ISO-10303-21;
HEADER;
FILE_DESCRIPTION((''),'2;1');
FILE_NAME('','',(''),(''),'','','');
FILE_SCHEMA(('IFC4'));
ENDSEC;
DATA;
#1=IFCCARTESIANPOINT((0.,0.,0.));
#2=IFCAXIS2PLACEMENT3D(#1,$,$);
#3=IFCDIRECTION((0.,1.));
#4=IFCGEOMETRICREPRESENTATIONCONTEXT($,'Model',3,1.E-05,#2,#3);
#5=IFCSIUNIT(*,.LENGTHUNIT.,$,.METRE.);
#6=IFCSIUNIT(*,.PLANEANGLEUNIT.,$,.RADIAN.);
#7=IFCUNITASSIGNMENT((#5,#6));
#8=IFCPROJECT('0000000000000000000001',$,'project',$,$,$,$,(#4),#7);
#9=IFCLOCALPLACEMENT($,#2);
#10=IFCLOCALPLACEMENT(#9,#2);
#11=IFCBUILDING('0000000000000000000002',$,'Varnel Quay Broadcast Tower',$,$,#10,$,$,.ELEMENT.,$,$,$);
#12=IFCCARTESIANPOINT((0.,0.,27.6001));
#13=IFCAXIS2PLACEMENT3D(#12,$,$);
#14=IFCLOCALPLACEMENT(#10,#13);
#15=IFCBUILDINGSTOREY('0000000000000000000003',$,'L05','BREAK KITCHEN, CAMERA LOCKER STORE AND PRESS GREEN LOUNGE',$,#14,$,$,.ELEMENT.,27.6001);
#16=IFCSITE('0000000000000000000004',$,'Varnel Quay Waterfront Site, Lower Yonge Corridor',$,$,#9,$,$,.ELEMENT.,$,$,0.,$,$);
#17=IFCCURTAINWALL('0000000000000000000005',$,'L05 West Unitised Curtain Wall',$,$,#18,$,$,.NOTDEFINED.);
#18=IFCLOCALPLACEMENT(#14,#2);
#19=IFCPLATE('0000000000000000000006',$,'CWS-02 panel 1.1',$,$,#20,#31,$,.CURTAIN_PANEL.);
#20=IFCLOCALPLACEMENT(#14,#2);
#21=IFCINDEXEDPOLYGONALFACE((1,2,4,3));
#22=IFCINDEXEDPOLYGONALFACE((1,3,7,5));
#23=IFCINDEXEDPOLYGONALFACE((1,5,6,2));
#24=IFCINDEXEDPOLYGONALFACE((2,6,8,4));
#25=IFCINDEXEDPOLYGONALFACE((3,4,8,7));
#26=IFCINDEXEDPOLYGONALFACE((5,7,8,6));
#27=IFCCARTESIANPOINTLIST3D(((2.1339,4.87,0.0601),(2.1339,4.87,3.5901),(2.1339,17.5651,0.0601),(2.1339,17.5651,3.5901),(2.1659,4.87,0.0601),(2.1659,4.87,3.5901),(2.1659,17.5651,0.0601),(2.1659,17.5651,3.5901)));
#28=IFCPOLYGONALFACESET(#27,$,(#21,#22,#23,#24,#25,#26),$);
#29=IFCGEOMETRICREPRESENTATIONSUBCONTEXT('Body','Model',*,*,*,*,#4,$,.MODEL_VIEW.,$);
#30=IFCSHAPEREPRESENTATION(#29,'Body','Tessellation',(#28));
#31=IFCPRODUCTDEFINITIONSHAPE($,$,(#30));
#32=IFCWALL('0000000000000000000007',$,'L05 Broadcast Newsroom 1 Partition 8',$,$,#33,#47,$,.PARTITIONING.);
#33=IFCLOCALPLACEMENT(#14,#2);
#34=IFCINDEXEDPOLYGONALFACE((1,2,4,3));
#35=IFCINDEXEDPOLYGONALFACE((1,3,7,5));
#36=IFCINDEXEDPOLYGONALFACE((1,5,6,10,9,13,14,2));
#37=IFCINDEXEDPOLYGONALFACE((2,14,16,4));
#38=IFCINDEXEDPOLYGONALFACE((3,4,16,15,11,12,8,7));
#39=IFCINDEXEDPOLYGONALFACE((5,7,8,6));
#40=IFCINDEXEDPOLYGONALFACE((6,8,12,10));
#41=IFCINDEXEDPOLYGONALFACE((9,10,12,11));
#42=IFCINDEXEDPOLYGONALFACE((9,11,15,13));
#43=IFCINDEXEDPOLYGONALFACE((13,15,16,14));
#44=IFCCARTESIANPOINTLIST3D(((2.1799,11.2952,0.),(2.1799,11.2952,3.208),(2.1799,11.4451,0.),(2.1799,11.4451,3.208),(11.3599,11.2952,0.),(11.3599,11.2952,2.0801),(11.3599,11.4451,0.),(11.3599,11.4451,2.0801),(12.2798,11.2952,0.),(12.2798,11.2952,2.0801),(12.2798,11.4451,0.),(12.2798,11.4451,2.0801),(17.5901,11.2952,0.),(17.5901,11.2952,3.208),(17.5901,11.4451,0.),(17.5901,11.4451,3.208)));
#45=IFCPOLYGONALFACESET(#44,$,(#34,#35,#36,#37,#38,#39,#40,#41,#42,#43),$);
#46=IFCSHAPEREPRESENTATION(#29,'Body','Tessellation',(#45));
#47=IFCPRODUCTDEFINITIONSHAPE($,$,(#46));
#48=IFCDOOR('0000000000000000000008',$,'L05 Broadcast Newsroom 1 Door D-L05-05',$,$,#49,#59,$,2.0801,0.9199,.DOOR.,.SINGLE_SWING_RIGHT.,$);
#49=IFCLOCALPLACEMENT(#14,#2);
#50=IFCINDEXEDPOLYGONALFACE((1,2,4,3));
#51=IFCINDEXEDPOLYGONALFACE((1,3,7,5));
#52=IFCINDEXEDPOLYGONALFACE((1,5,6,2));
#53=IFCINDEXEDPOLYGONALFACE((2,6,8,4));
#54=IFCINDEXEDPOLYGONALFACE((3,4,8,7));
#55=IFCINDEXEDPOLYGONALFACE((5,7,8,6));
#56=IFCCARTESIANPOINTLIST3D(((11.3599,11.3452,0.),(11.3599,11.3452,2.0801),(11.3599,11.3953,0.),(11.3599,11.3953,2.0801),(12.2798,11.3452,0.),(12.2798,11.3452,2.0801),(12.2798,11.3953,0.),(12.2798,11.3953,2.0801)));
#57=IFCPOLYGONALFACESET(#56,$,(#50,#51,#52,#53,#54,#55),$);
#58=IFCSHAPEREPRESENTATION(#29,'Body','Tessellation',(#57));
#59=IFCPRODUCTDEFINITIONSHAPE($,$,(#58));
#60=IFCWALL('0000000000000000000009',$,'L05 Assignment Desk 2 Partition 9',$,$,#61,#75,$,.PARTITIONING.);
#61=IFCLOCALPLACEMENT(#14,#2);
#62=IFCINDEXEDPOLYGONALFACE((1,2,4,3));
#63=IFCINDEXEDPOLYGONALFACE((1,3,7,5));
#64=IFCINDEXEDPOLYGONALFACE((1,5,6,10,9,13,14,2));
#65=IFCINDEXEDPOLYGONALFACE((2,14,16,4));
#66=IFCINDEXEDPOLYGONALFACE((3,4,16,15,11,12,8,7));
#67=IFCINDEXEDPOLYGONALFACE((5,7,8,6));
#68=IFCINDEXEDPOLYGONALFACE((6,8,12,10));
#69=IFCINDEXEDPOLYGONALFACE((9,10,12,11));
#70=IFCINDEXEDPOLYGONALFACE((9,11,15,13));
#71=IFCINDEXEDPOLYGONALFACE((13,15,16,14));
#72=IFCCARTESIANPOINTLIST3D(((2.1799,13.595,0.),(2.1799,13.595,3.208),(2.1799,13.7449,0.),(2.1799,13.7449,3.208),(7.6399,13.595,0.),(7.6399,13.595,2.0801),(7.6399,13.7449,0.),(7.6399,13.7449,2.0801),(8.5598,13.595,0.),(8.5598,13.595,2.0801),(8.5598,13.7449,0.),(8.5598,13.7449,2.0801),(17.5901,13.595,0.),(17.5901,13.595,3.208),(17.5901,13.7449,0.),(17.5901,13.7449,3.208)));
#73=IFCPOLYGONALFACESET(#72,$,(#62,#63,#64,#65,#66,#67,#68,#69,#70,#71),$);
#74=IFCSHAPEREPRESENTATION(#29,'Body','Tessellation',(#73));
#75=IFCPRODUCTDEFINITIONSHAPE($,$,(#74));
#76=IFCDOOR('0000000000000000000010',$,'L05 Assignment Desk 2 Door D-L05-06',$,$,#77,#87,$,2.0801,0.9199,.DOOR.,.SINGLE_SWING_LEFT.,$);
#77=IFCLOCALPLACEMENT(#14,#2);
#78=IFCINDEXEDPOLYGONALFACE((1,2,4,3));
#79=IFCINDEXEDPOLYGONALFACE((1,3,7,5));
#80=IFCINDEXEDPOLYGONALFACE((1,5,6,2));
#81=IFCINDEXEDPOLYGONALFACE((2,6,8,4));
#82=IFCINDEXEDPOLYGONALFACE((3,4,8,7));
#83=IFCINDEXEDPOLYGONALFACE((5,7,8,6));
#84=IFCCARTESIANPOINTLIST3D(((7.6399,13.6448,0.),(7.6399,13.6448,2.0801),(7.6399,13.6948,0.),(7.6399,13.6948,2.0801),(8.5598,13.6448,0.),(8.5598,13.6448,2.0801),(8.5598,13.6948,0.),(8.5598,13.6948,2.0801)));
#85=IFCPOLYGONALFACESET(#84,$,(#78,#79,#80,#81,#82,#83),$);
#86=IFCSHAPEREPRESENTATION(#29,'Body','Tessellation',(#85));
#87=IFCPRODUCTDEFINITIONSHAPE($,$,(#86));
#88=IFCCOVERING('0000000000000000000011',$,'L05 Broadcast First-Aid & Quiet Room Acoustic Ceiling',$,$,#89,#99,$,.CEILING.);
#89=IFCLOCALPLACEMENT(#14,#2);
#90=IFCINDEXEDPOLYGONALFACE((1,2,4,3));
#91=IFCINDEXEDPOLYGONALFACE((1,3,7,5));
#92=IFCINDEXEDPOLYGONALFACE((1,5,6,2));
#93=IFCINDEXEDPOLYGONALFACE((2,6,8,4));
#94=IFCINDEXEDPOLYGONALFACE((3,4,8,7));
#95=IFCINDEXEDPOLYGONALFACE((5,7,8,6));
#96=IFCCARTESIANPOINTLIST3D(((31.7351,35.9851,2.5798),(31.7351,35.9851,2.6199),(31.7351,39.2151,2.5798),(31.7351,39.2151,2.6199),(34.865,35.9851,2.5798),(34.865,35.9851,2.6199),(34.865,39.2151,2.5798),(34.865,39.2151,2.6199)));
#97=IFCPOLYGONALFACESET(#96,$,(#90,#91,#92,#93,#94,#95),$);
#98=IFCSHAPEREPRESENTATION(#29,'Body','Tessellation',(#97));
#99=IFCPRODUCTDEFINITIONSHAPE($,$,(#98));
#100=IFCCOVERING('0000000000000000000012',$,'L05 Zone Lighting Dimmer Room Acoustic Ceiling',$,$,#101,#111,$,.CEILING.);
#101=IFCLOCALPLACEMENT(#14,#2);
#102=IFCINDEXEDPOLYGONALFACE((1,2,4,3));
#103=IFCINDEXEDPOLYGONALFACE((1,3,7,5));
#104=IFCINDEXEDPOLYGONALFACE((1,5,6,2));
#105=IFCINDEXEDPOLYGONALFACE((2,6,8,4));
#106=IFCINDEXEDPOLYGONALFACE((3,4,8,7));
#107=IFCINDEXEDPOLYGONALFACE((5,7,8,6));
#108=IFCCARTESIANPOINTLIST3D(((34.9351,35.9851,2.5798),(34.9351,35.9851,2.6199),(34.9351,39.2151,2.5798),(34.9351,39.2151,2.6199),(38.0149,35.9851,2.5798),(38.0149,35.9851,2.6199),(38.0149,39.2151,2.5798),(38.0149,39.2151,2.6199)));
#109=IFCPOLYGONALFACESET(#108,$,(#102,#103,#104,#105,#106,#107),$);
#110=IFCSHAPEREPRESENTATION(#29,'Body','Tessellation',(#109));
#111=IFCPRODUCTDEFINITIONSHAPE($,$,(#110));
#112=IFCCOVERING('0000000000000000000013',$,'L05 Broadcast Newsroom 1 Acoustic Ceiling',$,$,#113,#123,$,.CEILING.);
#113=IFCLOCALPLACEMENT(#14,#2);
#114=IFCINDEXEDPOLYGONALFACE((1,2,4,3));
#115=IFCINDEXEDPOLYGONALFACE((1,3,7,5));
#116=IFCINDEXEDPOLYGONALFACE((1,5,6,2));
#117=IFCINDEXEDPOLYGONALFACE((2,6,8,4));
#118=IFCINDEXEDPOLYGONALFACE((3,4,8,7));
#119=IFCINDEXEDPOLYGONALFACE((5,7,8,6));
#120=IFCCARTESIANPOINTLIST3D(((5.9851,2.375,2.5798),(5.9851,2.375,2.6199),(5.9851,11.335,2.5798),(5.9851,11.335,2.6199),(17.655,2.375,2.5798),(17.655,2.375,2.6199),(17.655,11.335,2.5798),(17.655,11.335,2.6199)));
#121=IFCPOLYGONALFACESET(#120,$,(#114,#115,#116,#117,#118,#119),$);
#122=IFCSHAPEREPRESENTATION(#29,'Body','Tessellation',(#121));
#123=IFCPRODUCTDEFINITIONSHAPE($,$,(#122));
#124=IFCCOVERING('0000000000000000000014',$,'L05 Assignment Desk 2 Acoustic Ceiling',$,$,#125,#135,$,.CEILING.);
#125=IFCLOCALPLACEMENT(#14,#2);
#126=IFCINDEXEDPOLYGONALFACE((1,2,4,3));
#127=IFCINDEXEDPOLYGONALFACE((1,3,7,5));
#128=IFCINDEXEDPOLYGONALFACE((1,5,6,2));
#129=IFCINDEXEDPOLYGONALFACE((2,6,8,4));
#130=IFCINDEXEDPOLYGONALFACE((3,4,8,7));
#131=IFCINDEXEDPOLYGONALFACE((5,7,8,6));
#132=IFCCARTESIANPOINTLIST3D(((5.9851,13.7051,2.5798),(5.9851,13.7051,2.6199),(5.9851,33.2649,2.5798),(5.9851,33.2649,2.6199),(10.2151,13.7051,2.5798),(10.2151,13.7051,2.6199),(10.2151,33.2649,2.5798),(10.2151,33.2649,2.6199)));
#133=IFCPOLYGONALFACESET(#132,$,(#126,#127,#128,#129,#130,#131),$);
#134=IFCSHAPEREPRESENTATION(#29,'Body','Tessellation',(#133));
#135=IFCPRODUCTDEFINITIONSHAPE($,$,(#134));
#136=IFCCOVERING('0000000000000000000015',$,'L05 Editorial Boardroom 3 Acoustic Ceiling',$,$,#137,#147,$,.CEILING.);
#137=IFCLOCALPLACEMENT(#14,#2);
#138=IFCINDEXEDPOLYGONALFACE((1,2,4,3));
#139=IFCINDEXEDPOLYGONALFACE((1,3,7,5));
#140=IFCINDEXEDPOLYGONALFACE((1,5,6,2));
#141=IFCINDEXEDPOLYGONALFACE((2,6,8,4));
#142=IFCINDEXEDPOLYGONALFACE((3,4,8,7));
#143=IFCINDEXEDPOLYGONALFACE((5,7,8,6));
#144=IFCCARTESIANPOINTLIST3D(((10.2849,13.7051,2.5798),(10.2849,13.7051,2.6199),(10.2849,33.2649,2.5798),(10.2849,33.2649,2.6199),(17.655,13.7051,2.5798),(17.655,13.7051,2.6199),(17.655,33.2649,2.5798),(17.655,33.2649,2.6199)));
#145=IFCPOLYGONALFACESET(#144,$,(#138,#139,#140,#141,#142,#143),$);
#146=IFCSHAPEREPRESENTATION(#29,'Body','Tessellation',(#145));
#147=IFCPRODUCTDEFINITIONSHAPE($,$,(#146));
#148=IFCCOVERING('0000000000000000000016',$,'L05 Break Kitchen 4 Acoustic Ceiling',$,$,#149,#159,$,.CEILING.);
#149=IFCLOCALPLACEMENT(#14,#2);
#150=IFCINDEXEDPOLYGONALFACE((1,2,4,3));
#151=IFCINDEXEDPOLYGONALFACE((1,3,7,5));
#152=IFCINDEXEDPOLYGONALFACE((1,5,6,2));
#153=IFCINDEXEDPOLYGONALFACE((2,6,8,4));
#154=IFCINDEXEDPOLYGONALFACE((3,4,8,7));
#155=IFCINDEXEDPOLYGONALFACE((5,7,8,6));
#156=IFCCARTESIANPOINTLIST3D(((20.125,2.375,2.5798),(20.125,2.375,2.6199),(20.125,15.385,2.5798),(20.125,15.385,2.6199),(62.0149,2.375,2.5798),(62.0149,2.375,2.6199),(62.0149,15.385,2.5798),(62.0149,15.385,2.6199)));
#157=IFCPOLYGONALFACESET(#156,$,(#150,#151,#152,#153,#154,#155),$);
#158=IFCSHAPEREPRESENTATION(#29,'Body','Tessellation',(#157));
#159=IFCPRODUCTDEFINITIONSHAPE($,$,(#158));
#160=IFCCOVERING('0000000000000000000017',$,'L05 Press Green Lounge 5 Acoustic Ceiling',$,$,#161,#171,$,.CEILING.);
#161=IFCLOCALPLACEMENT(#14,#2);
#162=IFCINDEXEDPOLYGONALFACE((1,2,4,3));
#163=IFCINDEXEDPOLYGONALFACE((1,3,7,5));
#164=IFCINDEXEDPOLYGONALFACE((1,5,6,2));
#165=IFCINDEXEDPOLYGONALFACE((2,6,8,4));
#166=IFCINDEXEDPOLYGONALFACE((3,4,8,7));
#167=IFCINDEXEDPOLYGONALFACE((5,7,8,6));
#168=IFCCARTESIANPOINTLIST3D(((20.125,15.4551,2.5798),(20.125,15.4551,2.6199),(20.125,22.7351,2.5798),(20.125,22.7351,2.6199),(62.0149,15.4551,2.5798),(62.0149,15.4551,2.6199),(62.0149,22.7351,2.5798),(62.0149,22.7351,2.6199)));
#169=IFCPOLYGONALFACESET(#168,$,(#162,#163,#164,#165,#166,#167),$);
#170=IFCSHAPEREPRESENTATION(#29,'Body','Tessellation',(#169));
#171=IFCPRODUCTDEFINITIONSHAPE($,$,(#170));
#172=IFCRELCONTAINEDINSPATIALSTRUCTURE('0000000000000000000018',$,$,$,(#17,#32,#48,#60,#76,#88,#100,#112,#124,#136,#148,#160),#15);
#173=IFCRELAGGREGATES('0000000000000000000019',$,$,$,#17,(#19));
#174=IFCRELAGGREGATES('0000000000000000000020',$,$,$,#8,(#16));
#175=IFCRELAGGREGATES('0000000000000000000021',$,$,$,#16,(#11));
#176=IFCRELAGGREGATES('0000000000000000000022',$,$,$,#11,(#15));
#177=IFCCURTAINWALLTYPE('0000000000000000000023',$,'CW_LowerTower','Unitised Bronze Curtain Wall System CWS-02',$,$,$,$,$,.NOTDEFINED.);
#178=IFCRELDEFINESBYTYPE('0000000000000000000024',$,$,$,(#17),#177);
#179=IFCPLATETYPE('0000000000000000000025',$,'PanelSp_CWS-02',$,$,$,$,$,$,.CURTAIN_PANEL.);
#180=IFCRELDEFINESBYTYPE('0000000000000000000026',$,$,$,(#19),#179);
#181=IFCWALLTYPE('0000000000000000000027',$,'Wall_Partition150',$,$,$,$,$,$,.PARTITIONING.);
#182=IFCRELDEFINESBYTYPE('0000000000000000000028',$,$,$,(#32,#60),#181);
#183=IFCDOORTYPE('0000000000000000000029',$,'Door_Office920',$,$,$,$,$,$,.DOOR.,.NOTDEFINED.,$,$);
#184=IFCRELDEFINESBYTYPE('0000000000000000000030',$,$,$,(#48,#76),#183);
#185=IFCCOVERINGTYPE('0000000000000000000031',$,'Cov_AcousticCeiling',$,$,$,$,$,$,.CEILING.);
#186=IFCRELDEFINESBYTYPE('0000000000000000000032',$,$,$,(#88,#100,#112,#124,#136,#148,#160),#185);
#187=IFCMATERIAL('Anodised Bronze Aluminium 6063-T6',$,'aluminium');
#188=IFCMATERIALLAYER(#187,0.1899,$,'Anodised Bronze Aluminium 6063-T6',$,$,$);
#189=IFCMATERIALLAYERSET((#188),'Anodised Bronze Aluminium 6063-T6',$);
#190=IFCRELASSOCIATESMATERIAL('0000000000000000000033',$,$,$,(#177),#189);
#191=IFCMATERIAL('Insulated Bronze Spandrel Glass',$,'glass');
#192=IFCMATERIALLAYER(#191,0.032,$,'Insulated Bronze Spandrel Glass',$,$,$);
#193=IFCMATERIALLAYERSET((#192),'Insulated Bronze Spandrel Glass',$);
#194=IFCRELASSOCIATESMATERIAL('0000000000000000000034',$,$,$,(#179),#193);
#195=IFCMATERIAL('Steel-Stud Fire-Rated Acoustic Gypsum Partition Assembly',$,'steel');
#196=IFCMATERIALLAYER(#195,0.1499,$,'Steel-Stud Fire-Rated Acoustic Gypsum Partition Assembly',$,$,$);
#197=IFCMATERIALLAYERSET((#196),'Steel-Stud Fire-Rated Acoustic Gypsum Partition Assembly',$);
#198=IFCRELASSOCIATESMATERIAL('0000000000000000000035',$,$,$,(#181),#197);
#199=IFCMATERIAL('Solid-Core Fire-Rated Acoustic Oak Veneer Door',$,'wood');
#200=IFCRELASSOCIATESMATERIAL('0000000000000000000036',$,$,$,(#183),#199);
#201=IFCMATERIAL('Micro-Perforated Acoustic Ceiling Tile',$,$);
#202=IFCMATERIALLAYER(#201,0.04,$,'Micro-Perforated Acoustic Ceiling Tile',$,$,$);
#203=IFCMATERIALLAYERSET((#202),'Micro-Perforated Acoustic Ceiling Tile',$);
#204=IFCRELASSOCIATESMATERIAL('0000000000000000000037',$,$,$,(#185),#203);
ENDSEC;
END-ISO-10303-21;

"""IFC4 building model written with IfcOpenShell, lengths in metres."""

from ifc_helpers import new_model, si_unit, direction, frame, frame_2d, origin, origin_2d, place, context, subcontext, project, spatial, polyline, rectangle, outline, extrude, source, transform, mapped, material, layer, layer_set, type_object, type_shapes, element, fill, aggregate, save


model = new_model("IFC4")

# Units and contexts
model_context = context("Model", 3, precision=1e-05, world=origin(), true_north=direction((0.0, 1.0)))
body_context = subcontext(model_context, "Body", "Model", "MODEL_VIEW")
ifc_project = project(units=[si_unit("LENGTHUNIT", "METRE"), si_unit("PLANEANGLEUNIT", "RADIAN")], contexts=[model_context])

# Site, building, storey
site_placement = place(None, origin())
site = spatial("IfcSite", under=ifc_project, at=site_placement, Name="Varnel Quay Waterfront Site, Lower Yonge Corridor", CompositionType="ELEMENT", RefElevation=0.0)
building_placement = place(site_placement, origin())
building = spatial("IfcBuilding", under=site, at=building_placement, Name="Varnel Quay Broadcast Tower", CompositionType="ELEMENT")
storey_placement = place(building_placement, frame((0.0, 0.0, 27.6001)))
storey = spatial("IfcBuildingStorey", under=building, at=storey_placement, Name="L05", Description="BREAK KITCHEN, CAMERA LOCKER STORE AND PRESS GREEN LOUNGE", CompositionType="ELEMENT", Elevation=27.6001)

# Curtain wall
ifc_material_1 = material(Name="Anodised Bronze Aluminium 6063-T6", Category="aluminium")
ifc_layer_1 = layer(ifc_material_1, 0.1899, Name="Anodised Bronze Aluminium 6063-T6")
ifc_layer_set_1 = layer_set([ifc_layer_1], Name="Anodised Bronze Aluminium 6063-T6")
curtain_wall_type_1 = type_object("IfcCurtainWallType", Name="CW_LowerTower", Description="Unitised Bronze Curtain Wall System CWS-02", PredefinedType="NOTDEFINED", material=ifc_layer_set_1)
curtain_wall_1_placement = place(storey_placement, origin())
curtain_wall_1 = element("IfcCurtainWall", 1, at=curtain_wall_1_placement, inside=storey, type_object=curtain_wall_type_1, Name="L05 West Unitised Curtain Wall", PredefinedType="NOTDEFINED")

# Plate
ifc_material_2 = material(Name="Insulated Bronze Spandrel Glass", Category="glass")
ifc_layer_2 = layer(ifc_material_2, 0.032, Name="Insulated Bronze Spandrel Glass")
ifc_layer_set_2 = layer_set([ifc_layer_2], Name="Insulated Bronze Spandrel Glass")
plate_type_1 = type_object("IfcPlateType", Name="PanelSp_CWS-02", PredefinedType="CURTAIN_PANEL", material=ifc_layer_set_2)
shared_shape_1 = source(origin(), body_context, "Body", "SweptSolid", [
    extrude(rectangle(XDim=12.6951, YDim=0.032, at=origin_2d()), origin(), (0.0, 0.0, 1.0), 3.53),
])
type_shapes(plate_type_1, [shared_shape_1])
plate_1_placement = place(storey_placement, frame((2.1499, 11.2175, 0.0601), z_axis=(0.0, 0.0, 1.0), x_axis=(0.0, 1.0, 0.0)))
plate_1 = element("IfcPlate", 2, at=plate_1_placement, type_object=plate_type_1, Name="CWS-02 panel 1.1", PredefinedType="CURTAIN_PANEL", context=body_context, shape_type="MappedRepresentation", body=[
    mapped(shared_shape_1, transform((0.0, 0.0, 0.0), x_axis=(1.0, 0.0, 0.0), y_axis=(0.0, 1.0, 0.0), z_axis=(0.0, 0.0, 1.0), scale=1.0)),
])
aggregate(curtain_wall_1, [plate_1])

# Walls, openings, doors
ifc_material_3 = material(Name="Steel-Stud Fire-Rated Acoustic Gypsum Partition Assembly", Category="steel")
ifc_layer_3 = layer(ifc_material_3, 0.1499, Name="Steel-Stud Fire-Rated Acoustic Gypsum Partition Assembly")
ifc_layer_set_3 = layer_set([ifc_layer_3], Name="Steel-Stud Fire-Rated Acoustic Gypsum Partition Assembly")
wall_type = type_object("IfcWallType", Name="Wall_Partition150", PredefinedType="PARTITIONING", material=ifc_layer_set_3)
wall_1_placement = place(storey_placement, frame((2.1799, 11.3701, 0.0), z_axis=(0.0, 0.0, 1.0), x_axis=(1.0, 0.0, 0.0)))
wall_1 = element("IfcWall", 3, at=wall_1_placement, inside=storey, type_object=wall_type, Name="L05 Broadcast Newsroom 1 Partition 8", PredefinedType="PARTITIONING", context=body_context, shape_type="SweptSolid", body=[
    extrude(rectangle(XDim=15.4102, YDim=0.1499, at=frame_2d((7.7051, 0.0))), origin(), (0.0, 0.0, 1.0), 3.208),
])
opening_1_placement = place(wall_1_placement, frame((9.1799, 0.0, 0.0)))
opening_1 = element("IfcOpeningElement", 4, at=opening_1_placement, cuts=wall_1, PredefinedType="OPENING", context=body_context, shape_type="SweptSolid", body=[
    extrude(rectangle(XDim=0.9199, YDim=2.0801, at=frame_2d((0.46, 1.04))), frame((0.0, 0.085, 0.0), z_axis=(0.0, -1.0, 0.0), x_axis=(1.0, 0.0, 0.0)), (0.0, 0.0, 1.0), 0.1699),
])
ifc_material_4 = material(Name="Solid-Core Fire-Rated Acoustic Oak Veneer Door", Category="wood")
door_type = type_object("IfcDoorType", Name="Door_Office920", OperationType="NOTDEFINED", PredefinedType="DOOR", material=ifc_material_4)
shared_shape_2 = source(origin(), body_context, "Body", "SweptSolid", [
    extrude(rectangle(XDim=0.9199, YDim=2.0801, at=frame_2d((0.46, 1.04))), frame((0.0, 0.0249, 0.0), z_axis=(0.0, -1.0, 0.0), x_axis=(1.0, 0.0, 0.0)), (0.0, 0.0, 1.0), 0.05),
])
type_shapes(door_type, [shared_shape_2])
door_1_placement = place(opening_1_placement, frame((0.9199, 0.0, 0.0), z_axis=(0.0, 0.0, 1.0), x_axis=(-1.0, 0.0, 0.0)))
door_1 = element("IfcDoor", 5, at=door_1_placement, inside=storey, type_object=door_type, Name="L05 Broadcast Newsroom 1 Door D-L05-05", OperationType="SINGLE_SWING_RIGHT", OverallHeight=2.0801, OverallWidth=0.9199, PredefinedType="DOOR", context=body_context, shape_type="MappedRepresentation", body=[
    mapped(shared_shape_2, transform((0.0, 0.0, 0.0), x_axis=(1.0, 0.0, 0.0), y_axis=(0.0, 1.0, 0.0), z_axis=(0.0, 0.0, 1.0), scale=1.0)),
])
fill(opening_1, door_1)
wall_2_placement = place(storey_placement, frame((2.1799, 13.6699, 0.0), z_axis=(0.0, 0.0, 1.0), x_axis=(1.0, 0.0, 0.0)))
wall_2 = element("IfcWall", 6, at=wall_2_placement, inside=storey, type_object=wall_type, Name="L05 Assignment Desk 2 Partition 9", PredefinedType="PARTITIONING", context=body_context, shape_type="SweptSolid", body=[
    extrude(rectangle(XDim=15.4102, YDim=0.1499, at=frame_2d((7.7051, 0.0))), origin(), (0.0, 0.0, 1.0), 3.208),
])
opening_2_placement = place(wall_2_placement, frame((5.46, 0.0, 0.0)))
opening_2 = element("IfcOpeningElement", 7, at=opening_2_placement, cuts=wall_2, PredefinedType="OPENING", context=body_context, shape_type="SweptSolid", body=[
    extrude(rectangle(XDim=0.9199, YDim=2.0801, at=frame_2d((0.46, 1.04))), frame((0.0, 0.085, 0.0), z_axis=(0.0, -1.0, 0.0), x_axis=(1.0, 0.0, 0.0)), (0.0, 0.0, 1.0), 0.1699),
])
door_2_placement = place(opening_2_placement, origin())
door_2 = element("IfcDoor", 8, at=door_2_placement, inside=storey, type_object=door_type, Name="L05 Assignment Desk 2 Door D-L05-06", OperationType="SINGLE_SWING_LEFT", OverallHeight=2.0801, OverallWidth=0.9199, PredefinedType="DOOR", context=body_context, shape_type="MappedRepresentation", body=[
    mapped(shared_shape_2, transform((0.0, 0.0, 0.0), x_axis=(1.0, 0.0, 0.0), y_axis=(0.0, 1.0, 0.0), z_axis=(0.0, 0.0, 1.0), scale=1.0)),
])
fill(opening_2, door_2)

# Coverings
ifc_material_5 = material(Name="Micro-Perforated Acoustic Ceiling Tile")
ifc_layer_4 = layer(ifc_material_5, 0.04, Name="Micro-Perforated Acoustic Ceiling Tile")
ifc_layer_set_4 = layer_set([ifc_layer_4], Name="Micro-Perforated Acoustic Ceiling Tile")
covering_type_1 = type_object("IfcCoveringType", Name="Cov_AcousticCeiling", PredefinedType="CEILING", material=ifc_layer_set_4)
covering_1_placement = place(storey_placement, frame((0.0, 0.0, 2.5798)))
element("IfcCovering", 9, at=covering_1_placement, inside=storey, type_object=covering_type_1, Name="L05 Broadcast First-Aid & Quiet Room Acoustic Ceiling", PredefinedType="CEILING", context=body_context, shape_type="SweptSolid", body=[
    extrude(outline(polyline([(31.7351, 35.9851), (34.865, 35.9851), (34.865, 39.2151), (31.7351, 39.2151), (31.7351, 35.9851)])), origin(), (0.0, 0.0, 1.0), 0.04),
])
covering_2_placement = place(storey_placement, frame((0.0, 0.0, 2.5798)))
element("IfcCovering", 10, at=covering_2_placement, inside=storey, type_object=covering_type_1, Name="L05 Zone Lighting Dimmer Room Acoustic Ceiling", PredefinedType="CEILING", context=body_context, shape_type="SweptSolid", body=[
    extrude(outline(polyline([(34.9351, 35.9851), (38.0149, 35.9851), (38.0149, 39.2151), (34.9351, 39.2151), (34.9351, 35.9851)])), origin(), (0.0, 0.0, 1.0), 0.04),
])
covering_3_placement = place(storey_placement, frame((0.0, 0.0, 2.5798)))
element("IfcCovering", 11, at=covering_3_placement, inside=storey, type_object=covering_type_1, Name="L05 Broadcast Newsroom 1 Acoustic Ceiling", PredefinedType="CEILING", context=body_context, shape_type="SweptSolid", body=[
    extrude(outline(polyline([(5.9851, 2.375), (17.655, 2.375), (17.655, 11.335), (5.9851, 11.335), (5.9851, 2.375)])), origin(), (0.0, 0.0, 1.0), 0.04),
])
covering_4_placement = place(storey_placement, frame((0.0, 0.0, 2.5798)))
element("IfcCovering", 12, at=covering_4_placement, inside=storey, type_object=covering_type_1, Name="L05 Assignment Desk 2 Acoustic Ceiling", PredefinedType="CEILING", context=body_context, shape_type="SweptSolid", body=[
    extrude(outline(polyline([(5.9851, 13.7051), (10.2151, 13.7051), (10.2151, 33.2649), (5.9851, 33.2649), (5.9851, 13.7051)])), origin(), (0.0, 0.0, 1.0), 0.04),
])
covering_5_placement = place(storey_placement, frame((0.0, 0.0, 2.5798)))
element("IfcCovering", 13, at=covering_5_placement, inside=storey, type_object=covering_type_1, Name="L05 Editorial Boardroom 3 Acoustic Ceiling", PredefinedType="CEILING", context=body_context, shape_type="SweptSolid", body=[
    extrude(outline(polyline([(10.2849, 13.7051), (17.655, 13.7051), (17.655, 33.2649), (10.2849, 33.2649), (10.2849, 13.7051)])), origin(), (0.0, 0.0, 1.0), 0.04),
])
covering_6_placement = place(storey_placement, frame((0.0, 0.0, 2.5798)))
element("IfcCovering", 14, at=covering_6_placement, inside=storey, type_object=covering_type_1, Name="L05 Break Kitchen 4 Acoustic Ceiling", PredefinedType="CEILING", context=body_context, shape_type="SweptSolid", body=[
    extrude(outline(polyline([(20.125, 2.375), (62.0149, 2.375), (62.0149, 15.385), (20.125, 15.385), (20.125, 2.375)])), origin(), (0.0, 0.0, 1.0), 0.04),
])
covering_7_placement = place(storey_placement, frame((0.0, 0.0, 2.5798)))
element("IfcCovering", 15, at=covering_7_placement, inside=storey, type_object=covering_type_1, Name="L05 Press Green Lounge 5 Acoustic Ceiling", PredefinedType="CEILING", context=body_context, shape_type="SweptSolid", body=[
    extrude(outline(polyline([(20.125, 15.4551), (62.0149, 15.4551), (62.0149, 22.7351), (20.125, 22.7351), (20.125, 15.4551)])), origin(), (0.0, 0.0, 1.0), 0.04),
])

save(model, "model.ifc")
